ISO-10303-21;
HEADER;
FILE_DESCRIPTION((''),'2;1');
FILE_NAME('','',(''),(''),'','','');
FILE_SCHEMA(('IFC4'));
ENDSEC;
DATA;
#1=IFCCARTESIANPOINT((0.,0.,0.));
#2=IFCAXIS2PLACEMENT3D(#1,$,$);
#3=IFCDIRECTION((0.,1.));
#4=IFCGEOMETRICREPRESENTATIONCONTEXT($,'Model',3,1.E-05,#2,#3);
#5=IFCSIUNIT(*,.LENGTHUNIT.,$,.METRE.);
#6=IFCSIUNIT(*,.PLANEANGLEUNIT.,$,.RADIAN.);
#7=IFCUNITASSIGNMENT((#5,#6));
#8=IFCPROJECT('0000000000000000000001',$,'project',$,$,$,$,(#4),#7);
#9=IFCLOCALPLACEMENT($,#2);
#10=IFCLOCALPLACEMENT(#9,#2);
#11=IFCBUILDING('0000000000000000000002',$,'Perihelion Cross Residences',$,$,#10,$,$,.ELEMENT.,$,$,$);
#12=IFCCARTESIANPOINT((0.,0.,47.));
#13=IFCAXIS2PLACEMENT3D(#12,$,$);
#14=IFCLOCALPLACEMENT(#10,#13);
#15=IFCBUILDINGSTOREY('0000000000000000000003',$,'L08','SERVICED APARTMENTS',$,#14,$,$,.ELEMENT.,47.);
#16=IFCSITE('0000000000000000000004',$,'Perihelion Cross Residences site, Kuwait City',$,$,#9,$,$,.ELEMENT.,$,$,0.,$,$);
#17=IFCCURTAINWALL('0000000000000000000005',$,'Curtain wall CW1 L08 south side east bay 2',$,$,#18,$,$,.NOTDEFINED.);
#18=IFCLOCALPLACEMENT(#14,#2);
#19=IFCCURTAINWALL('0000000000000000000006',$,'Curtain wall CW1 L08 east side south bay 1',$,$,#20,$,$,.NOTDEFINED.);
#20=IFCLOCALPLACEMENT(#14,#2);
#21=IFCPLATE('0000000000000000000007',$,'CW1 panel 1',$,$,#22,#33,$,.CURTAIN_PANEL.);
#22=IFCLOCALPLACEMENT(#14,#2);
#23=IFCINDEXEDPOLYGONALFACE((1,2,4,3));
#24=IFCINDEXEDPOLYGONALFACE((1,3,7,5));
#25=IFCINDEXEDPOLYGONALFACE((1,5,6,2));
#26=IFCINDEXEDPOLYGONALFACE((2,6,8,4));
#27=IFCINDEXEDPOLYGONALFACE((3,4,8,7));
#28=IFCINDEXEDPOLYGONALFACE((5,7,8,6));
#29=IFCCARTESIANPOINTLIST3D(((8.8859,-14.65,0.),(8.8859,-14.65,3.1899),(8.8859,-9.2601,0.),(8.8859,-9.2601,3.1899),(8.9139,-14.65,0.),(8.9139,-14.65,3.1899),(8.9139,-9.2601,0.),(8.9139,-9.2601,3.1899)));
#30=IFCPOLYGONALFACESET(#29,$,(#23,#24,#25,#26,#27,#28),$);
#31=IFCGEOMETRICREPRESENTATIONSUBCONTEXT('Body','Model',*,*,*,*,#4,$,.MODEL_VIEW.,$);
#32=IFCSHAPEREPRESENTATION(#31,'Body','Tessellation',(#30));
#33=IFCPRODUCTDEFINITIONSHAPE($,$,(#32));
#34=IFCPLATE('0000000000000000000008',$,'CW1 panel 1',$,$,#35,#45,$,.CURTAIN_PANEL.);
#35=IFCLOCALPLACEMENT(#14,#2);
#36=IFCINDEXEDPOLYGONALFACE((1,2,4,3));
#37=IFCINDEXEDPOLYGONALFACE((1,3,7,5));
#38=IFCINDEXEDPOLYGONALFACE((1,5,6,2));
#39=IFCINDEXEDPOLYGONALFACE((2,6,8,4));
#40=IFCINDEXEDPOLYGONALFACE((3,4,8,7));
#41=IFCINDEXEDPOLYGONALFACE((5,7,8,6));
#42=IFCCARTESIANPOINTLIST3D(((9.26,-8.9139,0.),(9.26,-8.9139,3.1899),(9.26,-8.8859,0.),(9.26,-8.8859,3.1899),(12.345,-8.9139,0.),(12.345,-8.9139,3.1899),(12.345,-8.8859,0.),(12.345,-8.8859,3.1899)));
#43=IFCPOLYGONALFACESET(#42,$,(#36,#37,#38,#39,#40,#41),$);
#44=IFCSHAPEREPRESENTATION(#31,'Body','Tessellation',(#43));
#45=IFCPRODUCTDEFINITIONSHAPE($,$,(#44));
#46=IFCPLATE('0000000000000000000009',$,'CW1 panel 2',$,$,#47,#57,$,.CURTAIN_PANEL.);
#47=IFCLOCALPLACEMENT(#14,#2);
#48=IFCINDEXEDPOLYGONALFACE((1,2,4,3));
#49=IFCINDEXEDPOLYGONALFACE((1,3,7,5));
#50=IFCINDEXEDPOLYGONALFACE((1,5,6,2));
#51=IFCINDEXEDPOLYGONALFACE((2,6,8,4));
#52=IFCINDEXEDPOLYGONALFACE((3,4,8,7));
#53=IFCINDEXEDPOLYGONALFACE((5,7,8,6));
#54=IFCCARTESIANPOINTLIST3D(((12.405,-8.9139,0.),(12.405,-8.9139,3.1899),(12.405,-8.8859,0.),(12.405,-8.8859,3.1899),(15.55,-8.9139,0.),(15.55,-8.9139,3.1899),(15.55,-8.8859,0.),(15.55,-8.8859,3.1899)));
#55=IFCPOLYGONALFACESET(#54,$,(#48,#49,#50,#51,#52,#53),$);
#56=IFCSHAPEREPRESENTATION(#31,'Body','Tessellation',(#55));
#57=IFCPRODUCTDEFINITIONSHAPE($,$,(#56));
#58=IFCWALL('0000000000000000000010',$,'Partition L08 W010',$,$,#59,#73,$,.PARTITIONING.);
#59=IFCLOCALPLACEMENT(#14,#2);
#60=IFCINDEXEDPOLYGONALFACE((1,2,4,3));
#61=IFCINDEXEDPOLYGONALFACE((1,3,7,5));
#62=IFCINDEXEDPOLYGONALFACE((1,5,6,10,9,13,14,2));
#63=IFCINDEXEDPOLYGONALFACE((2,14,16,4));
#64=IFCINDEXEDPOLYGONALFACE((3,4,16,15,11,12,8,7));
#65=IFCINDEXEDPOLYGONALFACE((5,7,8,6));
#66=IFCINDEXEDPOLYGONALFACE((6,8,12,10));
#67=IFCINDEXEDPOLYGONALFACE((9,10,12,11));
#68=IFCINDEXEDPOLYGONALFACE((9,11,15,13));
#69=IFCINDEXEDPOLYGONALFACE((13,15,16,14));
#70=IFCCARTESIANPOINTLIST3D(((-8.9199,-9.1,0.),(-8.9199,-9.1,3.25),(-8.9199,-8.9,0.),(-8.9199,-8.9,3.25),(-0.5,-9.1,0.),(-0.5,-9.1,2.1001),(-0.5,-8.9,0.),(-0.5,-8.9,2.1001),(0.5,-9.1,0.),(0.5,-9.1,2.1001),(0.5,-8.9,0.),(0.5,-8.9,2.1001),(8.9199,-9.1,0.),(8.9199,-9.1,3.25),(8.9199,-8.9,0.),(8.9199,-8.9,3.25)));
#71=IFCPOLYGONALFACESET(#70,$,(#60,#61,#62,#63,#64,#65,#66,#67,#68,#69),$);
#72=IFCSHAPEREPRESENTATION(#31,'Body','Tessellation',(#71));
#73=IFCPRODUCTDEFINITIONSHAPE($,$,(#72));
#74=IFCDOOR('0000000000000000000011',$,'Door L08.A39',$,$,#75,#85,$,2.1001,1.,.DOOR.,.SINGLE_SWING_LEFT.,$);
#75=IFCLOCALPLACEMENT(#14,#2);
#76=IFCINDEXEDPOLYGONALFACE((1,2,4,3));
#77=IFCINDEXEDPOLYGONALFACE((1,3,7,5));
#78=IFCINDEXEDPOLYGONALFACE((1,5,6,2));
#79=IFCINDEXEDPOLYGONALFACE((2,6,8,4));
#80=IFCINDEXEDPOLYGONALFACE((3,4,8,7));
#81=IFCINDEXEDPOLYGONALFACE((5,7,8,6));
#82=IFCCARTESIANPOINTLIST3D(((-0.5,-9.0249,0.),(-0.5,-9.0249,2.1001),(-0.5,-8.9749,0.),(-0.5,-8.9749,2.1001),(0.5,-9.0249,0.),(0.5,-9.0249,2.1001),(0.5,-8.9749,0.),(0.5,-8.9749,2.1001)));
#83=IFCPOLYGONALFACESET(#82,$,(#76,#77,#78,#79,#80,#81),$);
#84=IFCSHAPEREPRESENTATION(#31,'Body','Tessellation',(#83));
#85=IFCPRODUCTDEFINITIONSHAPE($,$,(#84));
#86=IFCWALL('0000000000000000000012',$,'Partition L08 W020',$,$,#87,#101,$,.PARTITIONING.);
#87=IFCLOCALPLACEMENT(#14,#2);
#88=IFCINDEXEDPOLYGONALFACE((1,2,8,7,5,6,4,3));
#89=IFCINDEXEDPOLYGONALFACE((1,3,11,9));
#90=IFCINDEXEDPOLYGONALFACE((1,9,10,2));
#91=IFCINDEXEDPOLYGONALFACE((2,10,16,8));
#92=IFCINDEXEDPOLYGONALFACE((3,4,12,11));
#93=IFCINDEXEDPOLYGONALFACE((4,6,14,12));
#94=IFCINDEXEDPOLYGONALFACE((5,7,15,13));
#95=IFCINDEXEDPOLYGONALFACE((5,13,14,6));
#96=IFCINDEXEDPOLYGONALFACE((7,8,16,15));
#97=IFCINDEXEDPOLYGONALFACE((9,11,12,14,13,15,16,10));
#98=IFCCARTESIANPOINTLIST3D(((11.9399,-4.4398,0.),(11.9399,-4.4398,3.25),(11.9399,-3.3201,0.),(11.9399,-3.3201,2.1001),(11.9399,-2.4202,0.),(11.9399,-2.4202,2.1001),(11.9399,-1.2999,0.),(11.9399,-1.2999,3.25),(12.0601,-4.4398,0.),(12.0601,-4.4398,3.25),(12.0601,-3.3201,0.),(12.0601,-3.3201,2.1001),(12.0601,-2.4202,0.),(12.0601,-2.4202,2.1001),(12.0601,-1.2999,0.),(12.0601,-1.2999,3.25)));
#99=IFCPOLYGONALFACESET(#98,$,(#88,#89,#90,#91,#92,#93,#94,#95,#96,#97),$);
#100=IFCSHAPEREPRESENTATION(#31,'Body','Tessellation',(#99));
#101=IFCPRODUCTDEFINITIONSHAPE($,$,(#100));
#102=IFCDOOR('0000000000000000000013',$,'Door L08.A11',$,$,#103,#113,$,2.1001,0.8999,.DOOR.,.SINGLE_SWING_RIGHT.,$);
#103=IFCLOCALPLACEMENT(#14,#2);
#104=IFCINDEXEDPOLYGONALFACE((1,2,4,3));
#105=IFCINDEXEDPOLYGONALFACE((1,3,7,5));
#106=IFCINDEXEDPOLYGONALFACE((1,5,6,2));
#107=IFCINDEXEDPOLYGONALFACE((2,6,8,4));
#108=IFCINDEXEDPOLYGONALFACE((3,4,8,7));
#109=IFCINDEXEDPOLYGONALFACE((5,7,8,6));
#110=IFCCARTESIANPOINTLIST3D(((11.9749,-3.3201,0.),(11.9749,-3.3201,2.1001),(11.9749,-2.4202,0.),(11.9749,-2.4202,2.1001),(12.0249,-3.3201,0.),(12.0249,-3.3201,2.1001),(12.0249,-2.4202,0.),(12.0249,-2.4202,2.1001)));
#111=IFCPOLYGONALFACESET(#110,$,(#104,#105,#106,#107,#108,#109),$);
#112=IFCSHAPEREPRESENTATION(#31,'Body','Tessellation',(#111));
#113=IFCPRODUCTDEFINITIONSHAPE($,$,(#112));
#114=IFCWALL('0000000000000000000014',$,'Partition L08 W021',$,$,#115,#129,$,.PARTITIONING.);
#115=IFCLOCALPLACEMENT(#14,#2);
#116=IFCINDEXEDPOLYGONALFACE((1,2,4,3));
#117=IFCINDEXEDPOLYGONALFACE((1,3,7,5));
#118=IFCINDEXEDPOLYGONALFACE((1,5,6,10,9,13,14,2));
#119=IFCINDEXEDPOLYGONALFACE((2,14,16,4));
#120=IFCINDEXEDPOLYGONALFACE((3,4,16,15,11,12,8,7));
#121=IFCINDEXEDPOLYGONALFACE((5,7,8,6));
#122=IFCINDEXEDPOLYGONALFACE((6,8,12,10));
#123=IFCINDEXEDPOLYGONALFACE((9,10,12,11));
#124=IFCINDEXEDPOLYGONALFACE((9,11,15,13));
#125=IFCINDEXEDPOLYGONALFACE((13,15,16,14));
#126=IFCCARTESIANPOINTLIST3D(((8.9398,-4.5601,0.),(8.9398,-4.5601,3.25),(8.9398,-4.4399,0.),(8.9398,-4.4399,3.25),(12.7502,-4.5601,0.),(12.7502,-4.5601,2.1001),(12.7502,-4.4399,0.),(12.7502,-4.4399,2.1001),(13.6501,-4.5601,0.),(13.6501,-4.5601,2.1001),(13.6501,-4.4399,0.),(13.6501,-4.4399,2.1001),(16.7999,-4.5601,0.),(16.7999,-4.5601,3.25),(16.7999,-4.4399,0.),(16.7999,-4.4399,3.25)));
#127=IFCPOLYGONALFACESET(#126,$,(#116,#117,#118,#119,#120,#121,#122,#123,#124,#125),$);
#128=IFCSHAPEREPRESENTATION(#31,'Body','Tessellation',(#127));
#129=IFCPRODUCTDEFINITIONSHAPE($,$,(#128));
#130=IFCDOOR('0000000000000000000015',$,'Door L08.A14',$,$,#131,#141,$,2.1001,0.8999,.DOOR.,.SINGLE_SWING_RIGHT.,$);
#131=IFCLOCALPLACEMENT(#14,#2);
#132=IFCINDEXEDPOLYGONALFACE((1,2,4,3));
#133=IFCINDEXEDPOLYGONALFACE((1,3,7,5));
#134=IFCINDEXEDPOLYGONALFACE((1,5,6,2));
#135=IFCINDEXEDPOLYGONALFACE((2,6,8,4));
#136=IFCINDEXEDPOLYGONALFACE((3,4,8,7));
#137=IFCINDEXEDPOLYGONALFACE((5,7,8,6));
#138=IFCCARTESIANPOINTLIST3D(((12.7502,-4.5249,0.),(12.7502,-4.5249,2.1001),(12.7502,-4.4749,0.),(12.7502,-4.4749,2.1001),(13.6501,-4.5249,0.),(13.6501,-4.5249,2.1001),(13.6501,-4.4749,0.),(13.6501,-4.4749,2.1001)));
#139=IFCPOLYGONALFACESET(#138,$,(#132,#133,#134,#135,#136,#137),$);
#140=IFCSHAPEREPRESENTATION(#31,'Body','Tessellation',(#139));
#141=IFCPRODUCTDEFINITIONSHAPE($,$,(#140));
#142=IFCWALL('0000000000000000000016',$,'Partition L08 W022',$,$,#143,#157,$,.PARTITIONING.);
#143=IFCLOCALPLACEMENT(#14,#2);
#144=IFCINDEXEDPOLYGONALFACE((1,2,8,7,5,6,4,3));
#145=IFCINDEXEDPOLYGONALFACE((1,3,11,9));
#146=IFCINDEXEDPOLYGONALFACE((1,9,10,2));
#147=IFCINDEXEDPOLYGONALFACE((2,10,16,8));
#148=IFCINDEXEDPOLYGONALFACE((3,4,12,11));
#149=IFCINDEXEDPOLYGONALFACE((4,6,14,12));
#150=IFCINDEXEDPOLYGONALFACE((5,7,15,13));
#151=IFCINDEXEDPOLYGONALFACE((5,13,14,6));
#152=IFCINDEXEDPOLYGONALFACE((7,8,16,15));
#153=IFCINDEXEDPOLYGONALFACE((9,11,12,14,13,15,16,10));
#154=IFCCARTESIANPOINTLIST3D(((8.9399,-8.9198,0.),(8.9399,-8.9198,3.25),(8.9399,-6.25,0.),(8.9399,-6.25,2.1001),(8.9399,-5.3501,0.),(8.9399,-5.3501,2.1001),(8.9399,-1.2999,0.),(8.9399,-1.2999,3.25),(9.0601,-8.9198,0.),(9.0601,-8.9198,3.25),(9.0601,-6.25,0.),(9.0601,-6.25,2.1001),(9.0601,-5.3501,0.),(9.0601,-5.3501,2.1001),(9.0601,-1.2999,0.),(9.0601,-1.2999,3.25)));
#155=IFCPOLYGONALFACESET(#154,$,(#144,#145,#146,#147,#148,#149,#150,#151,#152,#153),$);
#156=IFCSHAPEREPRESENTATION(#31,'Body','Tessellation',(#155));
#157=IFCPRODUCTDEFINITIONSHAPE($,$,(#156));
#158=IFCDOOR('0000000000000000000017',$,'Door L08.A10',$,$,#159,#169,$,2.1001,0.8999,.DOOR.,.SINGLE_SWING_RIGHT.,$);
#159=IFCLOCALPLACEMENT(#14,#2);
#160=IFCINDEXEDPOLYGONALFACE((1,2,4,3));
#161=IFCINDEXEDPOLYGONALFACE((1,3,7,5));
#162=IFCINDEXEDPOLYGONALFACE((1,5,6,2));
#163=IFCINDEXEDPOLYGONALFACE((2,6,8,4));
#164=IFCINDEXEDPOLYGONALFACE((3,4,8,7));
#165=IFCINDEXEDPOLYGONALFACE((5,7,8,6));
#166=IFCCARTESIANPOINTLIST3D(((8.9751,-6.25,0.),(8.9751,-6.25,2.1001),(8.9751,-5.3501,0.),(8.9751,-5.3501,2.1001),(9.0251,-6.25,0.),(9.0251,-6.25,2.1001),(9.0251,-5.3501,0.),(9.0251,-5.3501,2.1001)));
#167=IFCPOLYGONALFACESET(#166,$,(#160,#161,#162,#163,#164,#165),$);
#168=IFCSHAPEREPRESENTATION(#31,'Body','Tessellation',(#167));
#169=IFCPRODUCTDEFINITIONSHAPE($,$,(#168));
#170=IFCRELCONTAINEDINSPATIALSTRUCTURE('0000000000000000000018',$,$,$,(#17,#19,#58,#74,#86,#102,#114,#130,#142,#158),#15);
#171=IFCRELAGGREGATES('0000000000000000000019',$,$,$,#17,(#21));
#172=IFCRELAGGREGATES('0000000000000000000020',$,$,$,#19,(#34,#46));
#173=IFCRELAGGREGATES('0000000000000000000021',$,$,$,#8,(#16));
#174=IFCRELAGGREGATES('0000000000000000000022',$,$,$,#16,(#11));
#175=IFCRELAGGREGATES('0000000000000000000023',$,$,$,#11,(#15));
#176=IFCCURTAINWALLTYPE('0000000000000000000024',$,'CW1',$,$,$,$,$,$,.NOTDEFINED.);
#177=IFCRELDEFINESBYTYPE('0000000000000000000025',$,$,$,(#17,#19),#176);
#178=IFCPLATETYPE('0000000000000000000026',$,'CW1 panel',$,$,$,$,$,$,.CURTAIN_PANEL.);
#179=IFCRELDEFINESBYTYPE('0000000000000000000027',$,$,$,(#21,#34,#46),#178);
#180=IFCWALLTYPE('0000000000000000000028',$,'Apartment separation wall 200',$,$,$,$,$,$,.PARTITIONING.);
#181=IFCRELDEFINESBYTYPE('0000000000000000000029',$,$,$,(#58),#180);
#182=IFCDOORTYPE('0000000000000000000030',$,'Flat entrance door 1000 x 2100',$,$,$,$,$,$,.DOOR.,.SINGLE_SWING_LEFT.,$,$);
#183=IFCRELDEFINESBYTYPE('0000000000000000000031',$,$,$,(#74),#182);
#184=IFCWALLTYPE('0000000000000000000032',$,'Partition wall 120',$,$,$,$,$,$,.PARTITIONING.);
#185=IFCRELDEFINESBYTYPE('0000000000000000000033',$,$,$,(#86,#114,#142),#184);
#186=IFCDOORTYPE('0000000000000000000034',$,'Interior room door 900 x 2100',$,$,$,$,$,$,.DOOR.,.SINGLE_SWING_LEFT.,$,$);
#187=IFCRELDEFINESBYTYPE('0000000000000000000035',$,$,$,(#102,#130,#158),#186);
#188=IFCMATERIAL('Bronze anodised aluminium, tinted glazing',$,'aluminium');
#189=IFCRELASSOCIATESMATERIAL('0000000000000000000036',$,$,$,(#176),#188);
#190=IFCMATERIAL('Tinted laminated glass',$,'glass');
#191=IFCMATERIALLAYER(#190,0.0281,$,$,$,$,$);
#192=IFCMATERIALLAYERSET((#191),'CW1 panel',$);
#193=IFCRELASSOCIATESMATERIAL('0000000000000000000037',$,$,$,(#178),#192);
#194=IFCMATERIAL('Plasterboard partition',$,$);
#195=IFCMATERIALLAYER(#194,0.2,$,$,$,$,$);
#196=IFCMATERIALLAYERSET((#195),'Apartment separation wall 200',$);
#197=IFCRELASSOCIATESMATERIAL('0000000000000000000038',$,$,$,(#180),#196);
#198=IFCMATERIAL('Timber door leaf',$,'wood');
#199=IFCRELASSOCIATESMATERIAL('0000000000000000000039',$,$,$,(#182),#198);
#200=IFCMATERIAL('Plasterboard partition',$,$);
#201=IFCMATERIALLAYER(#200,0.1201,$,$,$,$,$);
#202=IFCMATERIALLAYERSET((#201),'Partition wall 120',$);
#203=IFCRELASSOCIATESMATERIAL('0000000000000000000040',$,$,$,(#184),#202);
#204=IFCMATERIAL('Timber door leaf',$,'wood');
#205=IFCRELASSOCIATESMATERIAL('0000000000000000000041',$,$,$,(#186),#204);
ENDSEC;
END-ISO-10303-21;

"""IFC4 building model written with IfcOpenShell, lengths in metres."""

from ifc_helpers import new_model, si_unit, direction, frame, frame_2d, origin, origin_2d, place, context, subcontext, project, spatial, rectangle, extrude, material, layer, layer_set, type_object, element, fill, aggregate, save


model = new_model("IFC4")

# Units and contexts
model_context = context("Model", 3, precision=1e-05, world=origin(), true_north=direction((0.0, 1.0)))
body_context = subcontext(model_context, "Body", "Model", "MODEL_VIEW")
ifc_project = project(units=[si_unit("LENGTHUNIT", "METRE"), si_unit("PLANEANGLEUNIT", "RADIAN")], contexts=[model_context])

# Site, building, storey
site_placement = place(None, origin())
site = spatial("IfcSite", under=ifc_project, at=site_placement, Name="Perihelion Cross Residences site, Kuwait City", CompositionType="ELEMENT", RefElevation=0.0)
building_placement = place(site_placement, origin())
building = spatial("IfcBuilding", under=site, at=building_placement, Name="Perihelion Cross Residences", CompositionType="ELEMENT")
storey_placement = place(building_placement, frame((0.0, 0.0, 47.0)))
storey = spatial("IfcBuildingStorey", under=building, at=storey_placement, Name="L08", Description="SERVICED APARTMENTS", CompositionType="ELEMENT", Elevation=47.0)

# Curtain wall
ifc_material_1 = material(Name="Bronze anodised aluminium, tinted glazing", Category="aluminium")
curtain_wall_type = type_object("IfcCurtainWallType", Name="CW1", PredefinedType="NOTDEFINED", material=ifc_material_1)
curtain_wall_1_placement = place(storey_placement, origin())
curtain_wall_1 = element("IfcCurtainWall", 1, at=curtain_wall_1_placement, inside=storey, type_object=curtain_wall_type, Name="Curtain wall CW1 L08 south side east bay 2", PredefinedType="NOTDEFINED")

# Curtain wall
curtain_wall_2_placement = place(storey_placement, origin())
curtain_wall_2 = element("IfcCurtainWall", 2, at=curtain_wall_2_placement, inside=storey, type_object=curtain_wall_type, Name="Curtain wall CW1 L08 east side south bay 1", PredefinedType="NOTDEFINED")

# Plates
ifc_material_2 = material(Name="Tinted laminated glass", Category="glass")
ifc_layer_1 = layer(ifc_material_2, 0.0281)
ifc_layer_set_1 = layer_set([ifc_layer_1], Name="CW1 panel")
plate_type = type_object("IfcPlateType", Name="CW1 panel", PredefinedType="CURTAIN_PANEL", material=ifc_layer_set_1)
plate_1_placement = place(storey_placement, frame((8.8999, -11.9551, 0.0), z_axis=(0.0, 0.0, 1.0), x_axis=(0.0, 1.0, 0.0)))
plate_1 = element("IfcPlate", 3, at=plate_1_placement, type_object=plate_type, Name="CW1 panel 1", PredefinedType="CURTAIN_PANEL", context=body_context, shape_type="SweptSolid", body=[
    extrude(rectangle(XDim=5.3899, YDim=0.0281, at=origin_2d()), origin(), (0.0, 0.0, 1.0), 3.1899),
])
aggregate(curtain_wall_1, [plate_1])
plate_2_placement = place(storey_placement, frame((10.8025, -8.8999, 0.0), z_axis=(0.0, 0.0, 1.0), x_axis=(1.0, 0.0, 0.0)))
plate_2 = element("IfcPlate", 4, at=plate_2_placement, type_object=plate_type, Name="CW1 panel 1", PredefinedType="CURTAIN_PANEL", context=body_context, shape_type="SweptSolid", body=[
    extrude(rectangle(XDim=3.085, YDim=0.0281, at=origin_2d()), origin(), (0.0, 0.0, 1.0), 3.1899),
])
plate_3_placement = place(storey_placement, frame((13.9775, -8.8999, 0.0), z_axis=(0.0, 0.0, 1.0), x_axis=(1.0, 0.0, 0.0)))
plate_3 = element("IfcPlate", 5, at=plate_3_placement, type_object=plate_type, Name="CW1 panel 2", PredefinedType="CURTAIN_PANEL", context=body_context, shape_type="SweptSolid", body=[
    extrude(rectangle(XDim=3.145, YDim=0.0281, at=origin_2d()), origin(), (0.0, 0.0, 1.0), 3.1899),
])
aggregate(curtain_wall_2, [plate_2, plate_3])

# Walls, openings, doors
ifc_material_3 = material(Name="Plasterboard partition")
ifc_layer_2 = layer(ifc_material_3, 0.2)
ifc_layer_set_2 = layer_set([ifc_layer_2], Name="Apartment separation wall 200")
wall_type_1 = type_object("IfcWallType", Name="Apartment separation wall 200", PredefinedType="PARTITIONING", material=ifc_layer_set_2)
wall_1_placement = place(storey_placement, frame((8.9199, -9.0, 0.0), z_axis=(0.0, 0.0, 1.0), x_axis=(-1.0, 0.0, 0.0)))
wall_1 = element("IfcWall", 6, at=wall_1_placement, inside=storey, type_object=wall_type_1, Name="Partition L08 W010", PredefinedType="PARTITIONING", context=body_context, shape_type="SweptSolid", body=[
    extrude(rectangle(XDim=17.8398, YDim=0.2, at=frame_2d((8.9199, 0.0))), origin(), (0.0, 0.0, 1.0), 3.25),
])
opening_1_placement = place(wall_1_placement, frame((8.4199, 0.0, 0.0)))
opening_1 = element("IfcOpeningElement", 7, at=opening_1_placement, cuts=wall_1, PredefinedType="OPENING", context=body_context, shape_type="SweptSolid", body=[
    extrude(rectangle(XDim=1.0, YDim=2.1001, at=frame_2d((0.5, 1.05))), frame((0.0, 0.1099, 0.0), z_axis=(0.0, -1.0, 0.0), x_axis=(1.0, 0.0, 0.0)), (0.0, 0.0, 1.0), 0.22),
])
ifc_material_4 = material(Name="Timber door leaf", Category="wood")
door_type_1 = type_object("IfcDoorType", Name="Flat entrance door 1000 x 2100", OperationType="SINGLE_SWING_LEFT", PredefinedType="DOOR", material=ifc_material_4)
door_1_placement = place(opening_1_placement, origin())
door_1 = element("IfcDoor", 8, at=door_1_placement, inside=storey, type_object=door_type_1, Name="Door L08.A39", OperationType="SINGLE_SWING_LEFT", OverallHeight=2.1001, OverallWidth=1.0, PredefinedType="DOOR", context=body_context, shape_type="SweptSolid", body=[
    extrude(rectangle(XDim=1.0, YDim=2.1001, at=frame_2d((0.5, 1.05))), frame((0.0, 0.0249, 0.0), z_axis=(0.0, -1.0, 0.0), x_axis=(1.0, 0.0, 0.0)), (0.0, 0.0, 1.0), 0.05),
])
fill(opening_1, door_1)
ifc_material_5 = material(Name="Plasterboard partition")
ifc_layer_3 = layer(ifc_material_5, 0.1201)
ifc_layer_set_3 = layer_set([ifc_layer_3], Name="Partition wall 120")
wall_type_2 = type_object("IfcWallType", Name="Partition wall 120", PredefinedType="PARTITIONING", material=ifc_layer_set_3)
wall_2_placement = place(storey_placement, frame((12.0, -1.3, 0.0), z_axis=(0.0, 0.0, 1.0), x_axis=(0.0, -1.0, 0.0)))
wall_2 = element("IfcWall", 9, at=wall_2_placement, inside=storey, type_object=wall_type_2, Name="Partition L08 W020", PredefinedType="PARTITIONING", context=body_context, shape_type="SweptSolid", body=[
    extrude(rectangle(XDim=3.1399, YDim=0.1201, at=frame_2d((1.5698, 0.0))), origin(), (0.0, 0.0, 1.0), 3.25),
])
opening_2_placement = place(wall_2_placement, frame((1.1201, 0.0, 0.0)))
opening_2 = element("IfcOpeningElement", 10, at=opening_2_placement, cuts=wall_2, PredefinedType="OPENING", context=body_context, shape_type="SweptSolid", body=[
    extrude(rectangle(XDim=0.8999, YDim=2.1001, at=frame_2d((0.45, 1.05))), frame((0.0, 0.0701, 0.0), z_axis=(0.0, -1.0, 0.0), x_axis=(1.0, 0.0, 0.0)), (0.0, 0.0, 1.0), 0.1401),
])
ifc_material_6 = material(Name="Timber door leaf", Category="wood")
door_type_2 = type_object("IfcDoorType", Name="Interior room door 900 x 2100", OperationType="SINGLE_SWING_LEFT", PredefinedType="DOOR", material=ifc_material_6)
door_2_placement = place(opening_2_placement, origin())
door_2 = element("IfcDoor", 11, at=door_2_placement, inside=storey, type_object=door_type_2, Name="Door L08.A11", OperationType="SINGLE_SWING_RIGHT", OverallHeight=2.1001, OverallWidth=0.8999, PredefinedType="DOOR", context=body_context, shape_type="SweptSolid", body=[
    extrude(rectangle(XDim=0.8999, YDim=2.1001, at=frame_2d((0.45, 1.05))), frame((0.0, 0.0249, 0.0), z_axis=(0.0, -1.0, 0.0), x_axis=(1.0, 0.0, 0.0)), (0.0, 0.0, 1.0), 0.05),
])
fill(opening_2, door_2)
wall_3_placement = place(storey_placement, frame((16.8, -4.5, 0.0), z_axis=(0.0, 0.0, 1.0), x_axis=(-1.0, 0.0, 0.0)))
wall_3 = element("IfcWall", 12, at=wall_3_placement, inside=storey, type_object=wall_type_2, Name="Partition L08 W021", PredefinedType="PARTITIONING", context=body_context, shape_type="SweptSolid", body=[
    extrude(rectangle(XDim=7.8601, YDim=0.1201, at=frame_2d((3.9302, 0.0))), origin(), (0.0, 0.0, 1.0), 3.25),
])
opening_3_placement = place(wall_3_placement, frame((3.1499, 0.0, 0.0)))
opening_3 = element("IfcOpeningElement", 13, at=opening_3_placement, cuts=wall_3, PredefinedType="OPENING", context=body_context, shape_type="SweptSolid", body=[
    extrude(rectangle(XDim=0.8999, YDim=2.1001, at=frame_2d((0.45, 1.05))), frame((0.0, 0.0701, 0.0), z_axis=(0.0, -1.0, 0.0), x_axis=(1.0, 0.0, 0.0)), (0.0, 0.0, 1.0), 0.1401),
])
door_3_placement = place(opening_3_placement, origin())
door_3 = element("IfcDoor", 14, at=door_3_placement, inside=storey, type_object=door_type_2, Name="Door L08.A14", OperationType="SINGLE_SWING_RIGHT", OverallHeight=2.1001, OverallWidth=0.8999, PredefinedType="DOOR", context=body_context, shape_type="SweptSolid", body=[
    extrude(rectangle(XDim=0.8999, YDim=2.1001, at=frame_2d((0.45, 1.05))), frame((0.0, 0.0249, 0.0), z_axis=(0.0, -1.0, 0.0), x_axis=(1.0, 0.0, 0.0)), (0.0, 0.0, 1.0), 0.05),
])
fill(opening_3, door_3)
wall_4_placement = place(storey_placement, frame((9.0, -8.9199, 0.0), z_axis=(0.0, 0.0, 1.0), x_axis=(0.0, 1.0, 0.0)))
wall_4 = element("IfcWall", 15, at=wall_4_placement, inside=storey, type_object=wall_type_2, Name="Partition L08 W022", PredefinedType="PARTITIONING", context=body_context, shape_type="SweptSolid", body=[
    extrude(rectangle(XDim=7.6199, YDim=0.1201, at=frame_2d((3.8101, 0.0))), origin(), (0.0, 0.0, 1.0), 3.25),
])
opening_4_placement = place(wall_4_placement, frame((2.6699, 0.0, 0.0)))
opening_4 = element("IfcOpeningElement", 16, at=opening_4_placement, cuts=wall_4, PredefinedType="OPENING", context=body_context, shape_type="SweptSolid", body=[
    extrude(rectangle(XDim=0.8999, YDim=2.1001, at=frame_2d((0.45, 1.05))), frame((0.0, 0.0701, 0.0), z_axis=(0.0, -1.0, 0.0), x_axis=(1.0, 0.0, 0.0)), (0.0, 0.0, 1.0), 0.1401),
])
door_4_placement = place(opening_4_placement, origin())
door_4 = element("IfcDoor", 17, at=door_4_placement, inside=storey, type_object=door_type_2, Name="Door L08.A10", OperationType="SINGLE_SWING_RIGHT", OverallHeight=2.1001, OverallWidth=0.8999, PredefinedType="DOOR", context=body_context, shape_type="SweptSolid", body=[
    extrude(rectangle(XDim=0.8999, YDim=2.1001, at=frame_2d((0.45, 1.05))), frame((0.0, 0.0249, 0.0), z_axis=(0.0, -1.0, 0.0), x_axis=(1.0, 0.0, 0.0)), (0.0, 0.0, 1.0), 0.05),
])
fill(opening_4, door_4)

save(model, "model.ifc")
